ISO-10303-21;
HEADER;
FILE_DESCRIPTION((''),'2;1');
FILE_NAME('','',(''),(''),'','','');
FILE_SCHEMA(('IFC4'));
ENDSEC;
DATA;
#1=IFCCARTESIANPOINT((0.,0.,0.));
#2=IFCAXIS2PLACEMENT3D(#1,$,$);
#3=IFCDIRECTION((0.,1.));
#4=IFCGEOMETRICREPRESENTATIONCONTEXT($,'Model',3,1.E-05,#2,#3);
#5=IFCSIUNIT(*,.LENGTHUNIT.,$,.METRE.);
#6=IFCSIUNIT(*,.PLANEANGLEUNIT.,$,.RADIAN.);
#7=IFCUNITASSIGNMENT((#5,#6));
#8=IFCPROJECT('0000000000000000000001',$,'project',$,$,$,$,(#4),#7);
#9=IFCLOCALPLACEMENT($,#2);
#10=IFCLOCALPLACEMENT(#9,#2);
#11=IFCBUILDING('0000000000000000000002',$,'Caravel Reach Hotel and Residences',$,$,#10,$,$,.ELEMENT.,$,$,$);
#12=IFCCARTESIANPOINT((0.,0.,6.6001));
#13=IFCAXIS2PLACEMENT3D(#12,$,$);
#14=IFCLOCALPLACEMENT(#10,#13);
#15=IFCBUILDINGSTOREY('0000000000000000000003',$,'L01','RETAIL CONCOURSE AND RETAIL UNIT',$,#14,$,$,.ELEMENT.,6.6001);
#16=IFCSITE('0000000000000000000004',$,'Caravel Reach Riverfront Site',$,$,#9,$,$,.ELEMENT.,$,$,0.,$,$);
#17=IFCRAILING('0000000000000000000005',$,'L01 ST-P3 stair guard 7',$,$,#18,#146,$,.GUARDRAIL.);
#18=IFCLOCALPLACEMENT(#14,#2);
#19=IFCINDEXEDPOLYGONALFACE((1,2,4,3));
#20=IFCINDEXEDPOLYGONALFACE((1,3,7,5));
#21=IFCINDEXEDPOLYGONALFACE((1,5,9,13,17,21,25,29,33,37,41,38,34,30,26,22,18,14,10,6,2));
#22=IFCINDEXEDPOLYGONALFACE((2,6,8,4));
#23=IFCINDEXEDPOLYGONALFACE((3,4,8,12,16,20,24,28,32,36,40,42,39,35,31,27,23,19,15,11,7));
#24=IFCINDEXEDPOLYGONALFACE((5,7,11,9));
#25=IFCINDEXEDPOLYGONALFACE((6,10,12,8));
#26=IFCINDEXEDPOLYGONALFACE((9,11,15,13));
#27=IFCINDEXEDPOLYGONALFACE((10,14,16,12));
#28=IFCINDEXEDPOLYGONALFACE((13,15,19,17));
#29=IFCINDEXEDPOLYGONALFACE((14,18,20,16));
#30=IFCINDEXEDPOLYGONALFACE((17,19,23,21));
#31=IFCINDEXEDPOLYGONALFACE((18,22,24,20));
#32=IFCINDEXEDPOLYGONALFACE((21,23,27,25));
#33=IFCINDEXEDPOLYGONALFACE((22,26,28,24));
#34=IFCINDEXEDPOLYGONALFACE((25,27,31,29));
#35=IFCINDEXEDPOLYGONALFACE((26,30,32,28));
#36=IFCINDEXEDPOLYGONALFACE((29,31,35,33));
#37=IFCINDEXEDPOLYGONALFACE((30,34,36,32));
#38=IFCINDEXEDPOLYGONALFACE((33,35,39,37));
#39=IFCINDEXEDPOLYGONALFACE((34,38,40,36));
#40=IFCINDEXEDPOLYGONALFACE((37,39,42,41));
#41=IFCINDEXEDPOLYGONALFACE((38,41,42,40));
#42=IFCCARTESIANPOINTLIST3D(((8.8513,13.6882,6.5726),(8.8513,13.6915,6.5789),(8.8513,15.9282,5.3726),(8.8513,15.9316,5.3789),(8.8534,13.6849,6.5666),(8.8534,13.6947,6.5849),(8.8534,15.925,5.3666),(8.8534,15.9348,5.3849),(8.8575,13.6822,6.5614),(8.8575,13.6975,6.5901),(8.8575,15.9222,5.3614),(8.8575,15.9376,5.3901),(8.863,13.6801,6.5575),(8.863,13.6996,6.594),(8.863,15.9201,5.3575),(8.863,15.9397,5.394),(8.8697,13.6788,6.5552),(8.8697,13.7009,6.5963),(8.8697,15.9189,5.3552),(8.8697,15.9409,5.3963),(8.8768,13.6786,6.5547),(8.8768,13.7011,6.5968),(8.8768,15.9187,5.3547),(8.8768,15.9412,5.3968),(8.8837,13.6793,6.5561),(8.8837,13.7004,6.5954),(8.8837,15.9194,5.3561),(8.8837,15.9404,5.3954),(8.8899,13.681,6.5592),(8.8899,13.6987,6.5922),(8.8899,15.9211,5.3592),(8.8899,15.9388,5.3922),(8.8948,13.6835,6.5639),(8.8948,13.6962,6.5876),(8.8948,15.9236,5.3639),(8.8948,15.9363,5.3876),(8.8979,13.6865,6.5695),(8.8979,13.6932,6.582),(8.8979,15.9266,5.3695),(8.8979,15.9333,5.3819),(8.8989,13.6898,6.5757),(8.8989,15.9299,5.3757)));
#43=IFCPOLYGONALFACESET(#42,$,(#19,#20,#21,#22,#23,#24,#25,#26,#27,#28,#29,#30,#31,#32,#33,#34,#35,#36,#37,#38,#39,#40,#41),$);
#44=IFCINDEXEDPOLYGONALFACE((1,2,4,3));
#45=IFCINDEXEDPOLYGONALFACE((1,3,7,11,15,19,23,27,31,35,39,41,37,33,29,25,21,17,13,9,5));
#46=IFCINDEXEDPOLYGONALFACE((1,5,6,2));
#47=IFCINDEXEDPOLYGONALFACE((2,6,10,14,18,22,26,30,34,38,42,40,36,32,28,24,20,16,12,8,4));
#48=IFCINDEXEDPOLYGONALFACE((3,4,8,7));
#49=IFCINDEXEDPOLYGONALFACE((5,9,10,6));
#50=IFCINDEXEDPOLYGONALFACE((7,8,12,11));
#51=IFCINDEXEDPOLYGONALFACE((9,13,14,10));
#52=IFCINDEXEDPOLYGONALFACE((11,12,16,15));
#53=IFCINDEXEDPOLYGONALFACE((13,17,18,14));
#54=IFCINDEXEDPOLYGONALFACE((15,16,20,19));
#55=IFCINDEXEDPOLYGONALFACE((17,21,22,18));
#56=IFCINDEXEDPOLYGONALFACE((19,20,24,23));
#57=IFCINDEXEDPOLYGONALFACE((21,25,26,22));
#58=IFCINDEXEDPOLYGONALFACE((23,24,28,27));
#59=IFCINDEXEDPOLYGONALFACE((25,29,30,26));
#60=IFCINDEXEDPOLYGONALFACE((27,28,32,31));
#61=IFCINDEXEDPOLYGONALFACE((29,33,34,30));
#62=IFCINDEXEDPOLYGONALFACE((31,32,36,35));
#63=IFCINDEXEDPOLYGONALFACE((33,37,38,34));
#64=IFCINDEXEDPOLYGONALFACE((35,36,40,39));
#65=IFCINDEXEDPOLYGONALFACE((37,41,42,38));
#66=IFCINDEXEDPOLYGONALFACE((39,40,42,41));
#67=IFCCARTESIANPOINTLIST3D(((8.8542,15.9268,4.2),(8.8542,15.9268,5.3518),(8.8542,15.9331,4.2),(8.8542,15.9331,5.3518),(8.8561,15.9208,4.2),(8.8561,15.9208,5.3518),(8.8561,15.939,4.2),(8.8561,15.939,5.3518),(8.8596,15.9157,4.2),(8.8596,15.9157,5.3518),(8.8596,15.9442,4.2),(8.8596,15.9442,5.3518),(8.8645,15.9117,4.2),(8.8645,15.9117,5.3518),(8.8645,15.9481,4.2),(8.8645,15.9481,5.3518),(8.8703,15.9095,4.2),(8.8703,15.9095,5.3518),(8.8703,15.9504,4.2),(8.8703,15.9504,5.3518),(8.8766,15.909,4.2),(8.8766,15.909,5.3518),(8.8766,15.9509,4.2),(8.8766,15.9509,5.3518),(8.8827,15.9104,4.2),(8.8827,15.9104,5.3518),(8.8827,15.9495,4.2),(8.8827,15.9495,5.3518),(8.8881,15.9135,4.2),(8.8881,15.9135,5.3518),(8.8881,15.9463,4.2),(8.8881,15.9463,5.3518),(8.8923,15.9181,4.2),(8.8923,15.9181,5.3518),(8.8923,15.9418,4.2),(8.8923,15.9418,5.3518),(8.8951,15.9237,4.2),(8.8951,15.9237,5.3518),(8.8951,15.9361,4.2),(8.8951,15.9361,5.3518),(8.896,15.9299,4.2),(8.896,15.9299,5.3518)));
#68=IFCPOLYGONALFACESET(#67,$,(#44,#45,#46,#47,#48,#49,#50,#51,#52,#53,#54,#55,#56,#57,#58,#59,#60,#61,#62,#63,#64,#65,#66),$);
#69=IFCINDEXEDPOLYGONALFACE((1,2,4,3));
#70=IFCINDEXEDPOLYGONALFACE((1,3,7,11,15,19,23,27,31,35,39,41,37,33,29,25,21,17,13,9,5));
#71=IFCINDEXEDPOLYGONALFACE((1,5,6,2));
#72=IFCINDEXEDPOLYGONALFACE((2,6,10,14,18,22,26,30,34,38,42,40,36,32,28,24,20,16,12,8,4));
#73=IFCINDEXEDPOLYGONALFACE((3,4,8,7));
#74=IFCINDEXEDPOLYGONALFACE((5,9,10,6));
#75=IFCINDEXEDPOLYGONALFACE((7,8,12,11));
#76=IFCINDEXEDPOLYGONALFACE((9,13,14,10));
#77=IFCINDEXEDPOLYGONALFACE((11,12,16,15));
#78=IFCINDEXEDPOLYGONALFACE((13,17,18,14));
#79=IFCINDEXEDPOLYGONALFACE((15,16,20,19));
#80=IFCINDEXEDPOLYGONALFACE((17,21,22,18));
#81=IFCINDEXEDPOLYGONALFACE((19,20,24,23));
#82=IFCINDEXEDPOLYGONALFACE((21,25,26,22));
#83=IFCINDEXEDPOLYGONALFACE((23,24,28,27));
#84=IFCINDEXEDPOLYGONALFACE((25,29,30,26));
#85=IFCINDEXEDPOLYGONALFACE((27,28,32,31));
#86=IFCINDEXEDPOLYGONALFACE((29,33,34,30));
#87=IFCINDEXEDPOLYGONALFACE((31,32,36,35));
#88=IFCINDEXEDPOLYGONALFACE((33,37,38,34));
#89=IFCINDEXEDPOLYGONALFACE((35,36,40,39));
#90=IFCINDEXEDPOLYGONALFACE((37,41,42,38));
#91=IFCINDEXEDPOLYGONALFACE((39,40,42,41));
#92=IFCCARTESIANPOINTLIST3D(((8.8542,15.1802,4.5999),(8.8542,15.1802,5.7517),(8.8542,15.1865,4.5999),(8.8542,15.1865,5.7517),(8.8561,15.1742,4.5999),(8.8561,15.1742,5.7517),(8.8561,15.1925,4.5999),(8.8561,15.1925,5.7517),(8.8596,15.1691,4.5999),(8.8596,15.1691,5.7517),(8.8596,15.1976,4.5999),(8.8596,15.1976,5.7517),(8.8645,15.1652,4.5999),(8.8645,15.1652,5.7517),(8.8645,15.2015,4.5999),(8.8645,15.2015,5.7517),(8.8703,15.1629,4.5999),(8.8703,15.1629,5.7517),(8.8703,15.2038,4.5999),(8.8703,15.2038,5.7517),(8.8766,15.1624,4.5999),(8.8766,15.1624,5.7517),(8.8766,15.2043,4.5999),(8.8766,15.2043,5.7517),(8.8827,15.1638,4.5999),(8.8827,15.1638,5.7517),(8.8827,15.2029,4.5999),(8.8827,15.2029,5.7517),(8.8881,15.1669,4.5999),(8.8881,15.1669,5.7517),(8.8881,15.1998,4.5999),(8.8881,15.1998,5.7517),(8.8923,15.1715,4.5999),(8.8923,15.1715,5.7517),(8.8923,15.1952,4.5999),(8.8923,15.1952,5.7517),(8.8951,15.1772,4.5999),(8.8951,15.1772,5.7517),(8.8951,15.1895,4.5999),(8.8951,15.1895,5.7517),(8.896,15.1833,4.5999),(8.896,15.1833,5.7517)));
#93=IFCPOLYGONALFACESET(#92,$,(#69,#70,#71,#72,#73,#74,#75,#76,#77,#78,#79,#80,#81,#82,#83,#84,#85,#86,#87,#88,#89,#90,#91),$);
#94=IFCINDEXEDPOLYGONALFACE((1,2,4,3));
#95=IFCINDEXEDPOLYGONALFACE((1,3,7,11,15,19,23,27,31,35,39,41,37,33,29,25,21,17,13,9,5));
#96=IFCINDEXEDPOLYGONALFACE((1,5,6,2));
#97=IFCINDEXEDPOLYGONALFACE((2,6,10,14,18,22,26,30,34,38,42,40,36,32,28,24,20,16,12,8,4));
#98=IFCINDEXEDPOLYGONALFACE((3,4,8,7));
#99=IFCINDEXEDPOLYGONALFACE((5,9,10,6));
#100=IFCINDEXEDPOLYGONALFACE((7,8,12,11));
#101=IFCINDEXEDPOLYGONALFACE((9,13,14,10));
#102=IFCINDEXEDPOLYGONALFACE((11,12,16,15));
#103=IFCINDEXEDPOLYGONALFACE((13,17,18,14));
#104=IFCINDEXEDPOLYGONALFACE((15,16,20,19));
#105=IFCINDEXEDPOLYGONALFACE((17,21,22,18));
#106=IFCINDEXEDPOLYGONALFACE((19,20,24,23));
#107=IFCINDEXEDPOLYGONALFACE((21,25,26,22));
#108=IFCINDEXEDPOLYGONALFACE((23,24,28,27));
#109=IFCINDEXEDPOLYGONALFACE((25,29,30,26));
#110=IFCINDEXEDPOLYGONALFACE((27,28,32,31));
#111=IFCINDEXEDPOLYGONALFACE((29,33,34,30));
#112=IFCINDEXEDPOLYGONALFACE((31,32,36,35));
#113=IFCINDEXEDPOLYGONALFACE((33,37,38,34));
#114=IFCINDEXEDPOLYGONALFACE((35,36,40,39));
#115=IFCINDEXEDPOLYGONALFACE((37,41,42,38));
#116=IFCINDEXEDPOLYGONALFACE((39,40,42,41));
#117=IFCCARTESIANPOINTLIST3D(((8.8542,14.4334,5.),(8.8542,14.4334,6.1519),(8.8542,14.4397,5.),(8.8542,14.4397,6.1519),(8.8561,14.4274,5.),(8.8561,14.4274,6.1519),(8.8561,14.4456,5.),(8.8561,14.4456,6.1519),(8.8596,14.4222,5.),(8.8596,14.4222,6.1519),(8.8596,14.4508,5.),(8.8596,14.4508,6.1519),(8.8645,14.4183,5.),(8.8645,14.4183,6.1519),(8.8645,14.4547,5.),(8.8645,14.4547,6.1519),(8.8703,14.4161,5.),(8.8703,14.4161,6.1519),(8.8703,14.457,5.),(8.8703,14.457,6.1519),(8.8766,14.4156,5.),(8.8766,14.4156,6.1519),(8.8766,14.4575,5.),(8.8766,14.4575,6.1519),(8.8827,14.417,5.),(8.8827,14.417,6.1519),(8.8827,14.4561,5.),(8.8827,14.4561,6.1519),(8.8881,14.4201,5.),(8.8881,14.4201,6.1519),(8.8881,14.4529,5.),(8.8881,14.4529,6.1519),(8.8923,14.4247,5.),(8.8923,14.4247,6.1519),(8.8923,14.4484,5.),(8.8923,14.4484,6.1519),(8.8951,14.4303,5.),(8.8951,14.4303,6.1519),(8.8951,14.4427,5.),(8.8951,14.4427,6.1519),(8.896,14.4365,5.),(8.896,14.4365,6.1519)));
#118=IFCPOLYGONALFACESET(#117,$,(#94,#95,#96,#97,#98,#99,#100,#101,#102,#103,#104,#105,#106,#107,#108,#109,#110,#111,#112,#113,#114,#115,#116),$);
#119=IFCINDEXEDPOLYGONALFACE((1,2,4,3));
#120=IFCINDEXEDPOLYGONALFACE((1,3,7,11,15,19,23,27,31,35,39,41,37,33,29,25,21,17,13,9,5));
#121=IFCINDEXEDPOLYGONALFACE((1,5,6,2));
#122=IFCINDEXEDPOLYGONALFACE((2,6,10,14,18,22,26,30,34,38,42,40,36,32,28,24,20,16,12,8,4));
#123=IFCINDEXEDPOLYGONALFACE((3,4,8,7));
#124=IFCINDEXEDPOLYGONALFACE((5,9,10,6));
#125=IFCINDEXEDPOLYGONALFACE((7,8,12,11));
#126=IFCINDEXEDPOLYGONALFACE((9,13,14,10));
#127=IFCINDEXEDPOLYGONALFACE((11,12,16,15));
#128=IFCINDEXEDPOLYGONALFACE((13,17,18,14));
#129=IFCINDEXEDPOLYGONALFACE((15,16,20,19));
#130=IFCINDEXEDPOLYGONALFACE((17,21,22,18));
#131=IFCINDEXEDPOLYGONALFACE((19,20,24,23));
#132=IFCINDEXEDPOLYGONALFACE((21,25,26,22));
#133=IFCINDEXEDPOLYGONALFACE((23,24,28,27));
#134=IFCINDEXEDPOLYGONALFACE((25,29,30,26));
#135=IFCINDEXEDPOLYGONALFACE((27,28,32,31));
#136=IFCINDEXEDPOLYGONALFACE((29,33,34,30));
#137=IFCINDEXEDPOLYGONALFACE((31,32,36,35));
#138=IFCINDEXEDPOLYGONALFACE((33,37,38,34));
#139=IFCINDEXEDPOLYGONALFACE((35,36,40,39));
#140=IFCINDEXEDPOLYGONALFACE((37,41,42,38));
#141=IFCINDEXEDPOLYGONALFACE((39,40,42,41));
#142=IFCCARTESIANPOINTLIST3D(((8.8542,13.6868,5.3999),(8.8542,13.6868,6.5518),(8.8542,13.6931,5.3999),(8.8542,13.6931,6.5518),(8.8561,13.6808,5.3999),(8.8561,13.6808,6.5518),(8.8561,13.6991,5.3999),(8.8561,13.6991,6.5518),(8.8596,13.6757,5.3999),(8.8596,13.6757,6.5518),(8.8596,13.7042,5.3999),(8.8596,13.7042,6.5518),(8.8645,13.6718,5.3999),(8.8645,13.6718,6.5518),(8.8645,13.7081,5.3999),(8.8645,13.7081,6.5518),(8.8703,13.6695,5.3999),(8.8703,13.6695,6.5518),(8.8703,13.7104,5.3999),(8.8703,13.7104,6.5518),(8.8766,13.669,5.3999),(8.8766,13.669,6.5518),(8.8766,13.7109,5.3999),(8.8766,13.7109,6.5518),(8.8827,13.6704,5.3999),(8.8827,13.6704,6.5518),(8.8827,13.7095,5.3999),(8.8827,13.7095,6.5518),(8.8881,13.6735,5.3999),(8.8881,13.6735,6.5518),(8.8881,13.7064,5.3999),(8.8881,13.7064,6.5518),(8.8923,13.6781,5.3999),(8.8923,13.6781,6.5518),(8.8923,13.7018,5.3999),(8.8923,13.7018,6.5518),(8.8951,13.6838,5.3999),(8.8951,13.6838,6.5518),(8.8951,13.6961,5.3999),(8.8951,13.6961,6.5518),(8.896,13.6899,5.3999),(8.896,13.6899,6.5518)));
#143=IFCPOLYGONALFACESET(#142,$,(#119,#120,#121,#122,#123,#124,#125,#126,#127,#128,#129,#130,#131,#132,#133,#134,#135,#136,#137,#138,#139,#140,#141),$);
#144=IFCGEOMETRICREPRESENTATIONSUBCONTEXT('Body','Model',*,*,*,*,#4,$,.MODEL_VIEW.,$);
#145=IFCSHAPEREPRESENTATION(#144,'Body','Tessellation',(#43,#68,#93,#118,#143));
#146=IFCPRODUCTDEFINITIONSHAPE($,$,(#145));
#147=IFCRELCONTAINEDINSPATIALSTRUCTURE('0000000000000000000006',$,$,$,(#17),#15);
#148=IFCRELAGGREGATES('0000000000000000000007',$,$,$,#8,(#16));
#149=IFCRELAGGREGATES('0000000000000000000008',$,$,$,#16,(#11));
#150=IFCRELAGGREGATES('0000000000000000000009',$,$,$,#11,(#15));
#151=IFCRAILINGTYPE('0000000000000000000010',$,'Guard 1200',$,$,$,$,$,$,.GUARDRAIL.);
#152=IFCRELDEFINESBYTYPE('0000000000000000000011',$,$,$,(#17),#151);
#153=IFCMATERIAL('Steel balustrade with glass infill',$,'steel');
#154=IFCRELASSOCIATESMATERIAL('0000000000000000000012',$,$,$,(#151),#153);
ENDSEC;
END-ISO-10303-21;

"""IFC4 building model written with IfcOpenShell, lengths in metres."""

from ifc_helpers import new_model, si_unit, direction, frame, origin, origin_2d, place, context, subcontext, project, spatial, circle, extrude, material, type_object, element, save


model = new_model("IFC4")

# Units and contexts
model_context = context("Model", 3, precision=1e-05, world=origin(), true_north=direction((0.0, 1.0)))
body_context = subcontext(model_context, "Body", "Model", "MODEL_VIEW")
ifc_project = project(units=[si_unit("LENGTHUNIT", "METRE"), si_unit("PLANEANGLEUNIT", "RADIAN")], contexts=[model_context])

# Site, building, storey
site_placement = place(None, origin())
site = spatial("IfcSite", under=ifc_project, at=site_placement, Name="Caravel Reach Riverfront Site", CompositionType="ELEMENT", RefElevation=0.0)
building_placement = place(site_placement, origin())
building = spatial("IfcBuilding", under=site, at=building_placement, Name="Caravel Reach Hotel and Residences", CompositionType="ELEMENT")
storey_placement = place(building_placement, frame((0.0, 0.0, 6.6001)))
storey = spatial("IfcBuildingStorey", under=building, at=storey_placement, Name="L01", Description="RETAIL CONCOURSE AND RETAIL UNIT", CompositionType="ELEMENT", Elevation=6.6001)

# Railing
ifc_material_1 = material(Name="Steel balustrade with glass infill", Category="steel")
railing_type_1 = type_object("IfcRailingType", Name="Guard 1200", PredefinedType="GUARDRAIL", material=ifc_material_1)
railing_1_placement = place(storey_placement, frame((8.875, 15.9299, 4.2)))
element("IfcRailing", 1, at=railing_1_placement, inside=storey, type_object=railing_type_1, Name="L01 ST-P3 stair guard 7", PredefinedType="GUARDRAIL", context=body_context, shape_type="SweptSolid", body=[
    extrude(circle(Radius=0.0239, at=origin_2d()), frame((0.0, 0.0, 1.1758), z_axis=(0.0, -0.881487, 0.472208), x_axis=(1.0, 0.0, 0.0)), (0.0, 0.0, 1.0), 2.5413),
    extrude(circle(Radius=0.021, at=origin_2d()), origin(), (0.0, 0.0, 1.0), 1.1519),
    extrude(circle(Radius=0.021, at=origin_2d()), frame((0.0, -0.7466, 0.3999)), (0.0, 0.0, 1.0), 1.1519),
    extrude(circle(Radius=0.021, at=origin_2d()), frame((0.0, -1.4934, 0.8)), (0.0, 0.0, 1.0), 1.1519),
    extrude(circle(Radius=0.021, at=origin_2d()), frame((0.0, -2.24, 1.2)), (0.0, 0.0, 1.0), 1.1519),
])

save(model, "model.ifc")
